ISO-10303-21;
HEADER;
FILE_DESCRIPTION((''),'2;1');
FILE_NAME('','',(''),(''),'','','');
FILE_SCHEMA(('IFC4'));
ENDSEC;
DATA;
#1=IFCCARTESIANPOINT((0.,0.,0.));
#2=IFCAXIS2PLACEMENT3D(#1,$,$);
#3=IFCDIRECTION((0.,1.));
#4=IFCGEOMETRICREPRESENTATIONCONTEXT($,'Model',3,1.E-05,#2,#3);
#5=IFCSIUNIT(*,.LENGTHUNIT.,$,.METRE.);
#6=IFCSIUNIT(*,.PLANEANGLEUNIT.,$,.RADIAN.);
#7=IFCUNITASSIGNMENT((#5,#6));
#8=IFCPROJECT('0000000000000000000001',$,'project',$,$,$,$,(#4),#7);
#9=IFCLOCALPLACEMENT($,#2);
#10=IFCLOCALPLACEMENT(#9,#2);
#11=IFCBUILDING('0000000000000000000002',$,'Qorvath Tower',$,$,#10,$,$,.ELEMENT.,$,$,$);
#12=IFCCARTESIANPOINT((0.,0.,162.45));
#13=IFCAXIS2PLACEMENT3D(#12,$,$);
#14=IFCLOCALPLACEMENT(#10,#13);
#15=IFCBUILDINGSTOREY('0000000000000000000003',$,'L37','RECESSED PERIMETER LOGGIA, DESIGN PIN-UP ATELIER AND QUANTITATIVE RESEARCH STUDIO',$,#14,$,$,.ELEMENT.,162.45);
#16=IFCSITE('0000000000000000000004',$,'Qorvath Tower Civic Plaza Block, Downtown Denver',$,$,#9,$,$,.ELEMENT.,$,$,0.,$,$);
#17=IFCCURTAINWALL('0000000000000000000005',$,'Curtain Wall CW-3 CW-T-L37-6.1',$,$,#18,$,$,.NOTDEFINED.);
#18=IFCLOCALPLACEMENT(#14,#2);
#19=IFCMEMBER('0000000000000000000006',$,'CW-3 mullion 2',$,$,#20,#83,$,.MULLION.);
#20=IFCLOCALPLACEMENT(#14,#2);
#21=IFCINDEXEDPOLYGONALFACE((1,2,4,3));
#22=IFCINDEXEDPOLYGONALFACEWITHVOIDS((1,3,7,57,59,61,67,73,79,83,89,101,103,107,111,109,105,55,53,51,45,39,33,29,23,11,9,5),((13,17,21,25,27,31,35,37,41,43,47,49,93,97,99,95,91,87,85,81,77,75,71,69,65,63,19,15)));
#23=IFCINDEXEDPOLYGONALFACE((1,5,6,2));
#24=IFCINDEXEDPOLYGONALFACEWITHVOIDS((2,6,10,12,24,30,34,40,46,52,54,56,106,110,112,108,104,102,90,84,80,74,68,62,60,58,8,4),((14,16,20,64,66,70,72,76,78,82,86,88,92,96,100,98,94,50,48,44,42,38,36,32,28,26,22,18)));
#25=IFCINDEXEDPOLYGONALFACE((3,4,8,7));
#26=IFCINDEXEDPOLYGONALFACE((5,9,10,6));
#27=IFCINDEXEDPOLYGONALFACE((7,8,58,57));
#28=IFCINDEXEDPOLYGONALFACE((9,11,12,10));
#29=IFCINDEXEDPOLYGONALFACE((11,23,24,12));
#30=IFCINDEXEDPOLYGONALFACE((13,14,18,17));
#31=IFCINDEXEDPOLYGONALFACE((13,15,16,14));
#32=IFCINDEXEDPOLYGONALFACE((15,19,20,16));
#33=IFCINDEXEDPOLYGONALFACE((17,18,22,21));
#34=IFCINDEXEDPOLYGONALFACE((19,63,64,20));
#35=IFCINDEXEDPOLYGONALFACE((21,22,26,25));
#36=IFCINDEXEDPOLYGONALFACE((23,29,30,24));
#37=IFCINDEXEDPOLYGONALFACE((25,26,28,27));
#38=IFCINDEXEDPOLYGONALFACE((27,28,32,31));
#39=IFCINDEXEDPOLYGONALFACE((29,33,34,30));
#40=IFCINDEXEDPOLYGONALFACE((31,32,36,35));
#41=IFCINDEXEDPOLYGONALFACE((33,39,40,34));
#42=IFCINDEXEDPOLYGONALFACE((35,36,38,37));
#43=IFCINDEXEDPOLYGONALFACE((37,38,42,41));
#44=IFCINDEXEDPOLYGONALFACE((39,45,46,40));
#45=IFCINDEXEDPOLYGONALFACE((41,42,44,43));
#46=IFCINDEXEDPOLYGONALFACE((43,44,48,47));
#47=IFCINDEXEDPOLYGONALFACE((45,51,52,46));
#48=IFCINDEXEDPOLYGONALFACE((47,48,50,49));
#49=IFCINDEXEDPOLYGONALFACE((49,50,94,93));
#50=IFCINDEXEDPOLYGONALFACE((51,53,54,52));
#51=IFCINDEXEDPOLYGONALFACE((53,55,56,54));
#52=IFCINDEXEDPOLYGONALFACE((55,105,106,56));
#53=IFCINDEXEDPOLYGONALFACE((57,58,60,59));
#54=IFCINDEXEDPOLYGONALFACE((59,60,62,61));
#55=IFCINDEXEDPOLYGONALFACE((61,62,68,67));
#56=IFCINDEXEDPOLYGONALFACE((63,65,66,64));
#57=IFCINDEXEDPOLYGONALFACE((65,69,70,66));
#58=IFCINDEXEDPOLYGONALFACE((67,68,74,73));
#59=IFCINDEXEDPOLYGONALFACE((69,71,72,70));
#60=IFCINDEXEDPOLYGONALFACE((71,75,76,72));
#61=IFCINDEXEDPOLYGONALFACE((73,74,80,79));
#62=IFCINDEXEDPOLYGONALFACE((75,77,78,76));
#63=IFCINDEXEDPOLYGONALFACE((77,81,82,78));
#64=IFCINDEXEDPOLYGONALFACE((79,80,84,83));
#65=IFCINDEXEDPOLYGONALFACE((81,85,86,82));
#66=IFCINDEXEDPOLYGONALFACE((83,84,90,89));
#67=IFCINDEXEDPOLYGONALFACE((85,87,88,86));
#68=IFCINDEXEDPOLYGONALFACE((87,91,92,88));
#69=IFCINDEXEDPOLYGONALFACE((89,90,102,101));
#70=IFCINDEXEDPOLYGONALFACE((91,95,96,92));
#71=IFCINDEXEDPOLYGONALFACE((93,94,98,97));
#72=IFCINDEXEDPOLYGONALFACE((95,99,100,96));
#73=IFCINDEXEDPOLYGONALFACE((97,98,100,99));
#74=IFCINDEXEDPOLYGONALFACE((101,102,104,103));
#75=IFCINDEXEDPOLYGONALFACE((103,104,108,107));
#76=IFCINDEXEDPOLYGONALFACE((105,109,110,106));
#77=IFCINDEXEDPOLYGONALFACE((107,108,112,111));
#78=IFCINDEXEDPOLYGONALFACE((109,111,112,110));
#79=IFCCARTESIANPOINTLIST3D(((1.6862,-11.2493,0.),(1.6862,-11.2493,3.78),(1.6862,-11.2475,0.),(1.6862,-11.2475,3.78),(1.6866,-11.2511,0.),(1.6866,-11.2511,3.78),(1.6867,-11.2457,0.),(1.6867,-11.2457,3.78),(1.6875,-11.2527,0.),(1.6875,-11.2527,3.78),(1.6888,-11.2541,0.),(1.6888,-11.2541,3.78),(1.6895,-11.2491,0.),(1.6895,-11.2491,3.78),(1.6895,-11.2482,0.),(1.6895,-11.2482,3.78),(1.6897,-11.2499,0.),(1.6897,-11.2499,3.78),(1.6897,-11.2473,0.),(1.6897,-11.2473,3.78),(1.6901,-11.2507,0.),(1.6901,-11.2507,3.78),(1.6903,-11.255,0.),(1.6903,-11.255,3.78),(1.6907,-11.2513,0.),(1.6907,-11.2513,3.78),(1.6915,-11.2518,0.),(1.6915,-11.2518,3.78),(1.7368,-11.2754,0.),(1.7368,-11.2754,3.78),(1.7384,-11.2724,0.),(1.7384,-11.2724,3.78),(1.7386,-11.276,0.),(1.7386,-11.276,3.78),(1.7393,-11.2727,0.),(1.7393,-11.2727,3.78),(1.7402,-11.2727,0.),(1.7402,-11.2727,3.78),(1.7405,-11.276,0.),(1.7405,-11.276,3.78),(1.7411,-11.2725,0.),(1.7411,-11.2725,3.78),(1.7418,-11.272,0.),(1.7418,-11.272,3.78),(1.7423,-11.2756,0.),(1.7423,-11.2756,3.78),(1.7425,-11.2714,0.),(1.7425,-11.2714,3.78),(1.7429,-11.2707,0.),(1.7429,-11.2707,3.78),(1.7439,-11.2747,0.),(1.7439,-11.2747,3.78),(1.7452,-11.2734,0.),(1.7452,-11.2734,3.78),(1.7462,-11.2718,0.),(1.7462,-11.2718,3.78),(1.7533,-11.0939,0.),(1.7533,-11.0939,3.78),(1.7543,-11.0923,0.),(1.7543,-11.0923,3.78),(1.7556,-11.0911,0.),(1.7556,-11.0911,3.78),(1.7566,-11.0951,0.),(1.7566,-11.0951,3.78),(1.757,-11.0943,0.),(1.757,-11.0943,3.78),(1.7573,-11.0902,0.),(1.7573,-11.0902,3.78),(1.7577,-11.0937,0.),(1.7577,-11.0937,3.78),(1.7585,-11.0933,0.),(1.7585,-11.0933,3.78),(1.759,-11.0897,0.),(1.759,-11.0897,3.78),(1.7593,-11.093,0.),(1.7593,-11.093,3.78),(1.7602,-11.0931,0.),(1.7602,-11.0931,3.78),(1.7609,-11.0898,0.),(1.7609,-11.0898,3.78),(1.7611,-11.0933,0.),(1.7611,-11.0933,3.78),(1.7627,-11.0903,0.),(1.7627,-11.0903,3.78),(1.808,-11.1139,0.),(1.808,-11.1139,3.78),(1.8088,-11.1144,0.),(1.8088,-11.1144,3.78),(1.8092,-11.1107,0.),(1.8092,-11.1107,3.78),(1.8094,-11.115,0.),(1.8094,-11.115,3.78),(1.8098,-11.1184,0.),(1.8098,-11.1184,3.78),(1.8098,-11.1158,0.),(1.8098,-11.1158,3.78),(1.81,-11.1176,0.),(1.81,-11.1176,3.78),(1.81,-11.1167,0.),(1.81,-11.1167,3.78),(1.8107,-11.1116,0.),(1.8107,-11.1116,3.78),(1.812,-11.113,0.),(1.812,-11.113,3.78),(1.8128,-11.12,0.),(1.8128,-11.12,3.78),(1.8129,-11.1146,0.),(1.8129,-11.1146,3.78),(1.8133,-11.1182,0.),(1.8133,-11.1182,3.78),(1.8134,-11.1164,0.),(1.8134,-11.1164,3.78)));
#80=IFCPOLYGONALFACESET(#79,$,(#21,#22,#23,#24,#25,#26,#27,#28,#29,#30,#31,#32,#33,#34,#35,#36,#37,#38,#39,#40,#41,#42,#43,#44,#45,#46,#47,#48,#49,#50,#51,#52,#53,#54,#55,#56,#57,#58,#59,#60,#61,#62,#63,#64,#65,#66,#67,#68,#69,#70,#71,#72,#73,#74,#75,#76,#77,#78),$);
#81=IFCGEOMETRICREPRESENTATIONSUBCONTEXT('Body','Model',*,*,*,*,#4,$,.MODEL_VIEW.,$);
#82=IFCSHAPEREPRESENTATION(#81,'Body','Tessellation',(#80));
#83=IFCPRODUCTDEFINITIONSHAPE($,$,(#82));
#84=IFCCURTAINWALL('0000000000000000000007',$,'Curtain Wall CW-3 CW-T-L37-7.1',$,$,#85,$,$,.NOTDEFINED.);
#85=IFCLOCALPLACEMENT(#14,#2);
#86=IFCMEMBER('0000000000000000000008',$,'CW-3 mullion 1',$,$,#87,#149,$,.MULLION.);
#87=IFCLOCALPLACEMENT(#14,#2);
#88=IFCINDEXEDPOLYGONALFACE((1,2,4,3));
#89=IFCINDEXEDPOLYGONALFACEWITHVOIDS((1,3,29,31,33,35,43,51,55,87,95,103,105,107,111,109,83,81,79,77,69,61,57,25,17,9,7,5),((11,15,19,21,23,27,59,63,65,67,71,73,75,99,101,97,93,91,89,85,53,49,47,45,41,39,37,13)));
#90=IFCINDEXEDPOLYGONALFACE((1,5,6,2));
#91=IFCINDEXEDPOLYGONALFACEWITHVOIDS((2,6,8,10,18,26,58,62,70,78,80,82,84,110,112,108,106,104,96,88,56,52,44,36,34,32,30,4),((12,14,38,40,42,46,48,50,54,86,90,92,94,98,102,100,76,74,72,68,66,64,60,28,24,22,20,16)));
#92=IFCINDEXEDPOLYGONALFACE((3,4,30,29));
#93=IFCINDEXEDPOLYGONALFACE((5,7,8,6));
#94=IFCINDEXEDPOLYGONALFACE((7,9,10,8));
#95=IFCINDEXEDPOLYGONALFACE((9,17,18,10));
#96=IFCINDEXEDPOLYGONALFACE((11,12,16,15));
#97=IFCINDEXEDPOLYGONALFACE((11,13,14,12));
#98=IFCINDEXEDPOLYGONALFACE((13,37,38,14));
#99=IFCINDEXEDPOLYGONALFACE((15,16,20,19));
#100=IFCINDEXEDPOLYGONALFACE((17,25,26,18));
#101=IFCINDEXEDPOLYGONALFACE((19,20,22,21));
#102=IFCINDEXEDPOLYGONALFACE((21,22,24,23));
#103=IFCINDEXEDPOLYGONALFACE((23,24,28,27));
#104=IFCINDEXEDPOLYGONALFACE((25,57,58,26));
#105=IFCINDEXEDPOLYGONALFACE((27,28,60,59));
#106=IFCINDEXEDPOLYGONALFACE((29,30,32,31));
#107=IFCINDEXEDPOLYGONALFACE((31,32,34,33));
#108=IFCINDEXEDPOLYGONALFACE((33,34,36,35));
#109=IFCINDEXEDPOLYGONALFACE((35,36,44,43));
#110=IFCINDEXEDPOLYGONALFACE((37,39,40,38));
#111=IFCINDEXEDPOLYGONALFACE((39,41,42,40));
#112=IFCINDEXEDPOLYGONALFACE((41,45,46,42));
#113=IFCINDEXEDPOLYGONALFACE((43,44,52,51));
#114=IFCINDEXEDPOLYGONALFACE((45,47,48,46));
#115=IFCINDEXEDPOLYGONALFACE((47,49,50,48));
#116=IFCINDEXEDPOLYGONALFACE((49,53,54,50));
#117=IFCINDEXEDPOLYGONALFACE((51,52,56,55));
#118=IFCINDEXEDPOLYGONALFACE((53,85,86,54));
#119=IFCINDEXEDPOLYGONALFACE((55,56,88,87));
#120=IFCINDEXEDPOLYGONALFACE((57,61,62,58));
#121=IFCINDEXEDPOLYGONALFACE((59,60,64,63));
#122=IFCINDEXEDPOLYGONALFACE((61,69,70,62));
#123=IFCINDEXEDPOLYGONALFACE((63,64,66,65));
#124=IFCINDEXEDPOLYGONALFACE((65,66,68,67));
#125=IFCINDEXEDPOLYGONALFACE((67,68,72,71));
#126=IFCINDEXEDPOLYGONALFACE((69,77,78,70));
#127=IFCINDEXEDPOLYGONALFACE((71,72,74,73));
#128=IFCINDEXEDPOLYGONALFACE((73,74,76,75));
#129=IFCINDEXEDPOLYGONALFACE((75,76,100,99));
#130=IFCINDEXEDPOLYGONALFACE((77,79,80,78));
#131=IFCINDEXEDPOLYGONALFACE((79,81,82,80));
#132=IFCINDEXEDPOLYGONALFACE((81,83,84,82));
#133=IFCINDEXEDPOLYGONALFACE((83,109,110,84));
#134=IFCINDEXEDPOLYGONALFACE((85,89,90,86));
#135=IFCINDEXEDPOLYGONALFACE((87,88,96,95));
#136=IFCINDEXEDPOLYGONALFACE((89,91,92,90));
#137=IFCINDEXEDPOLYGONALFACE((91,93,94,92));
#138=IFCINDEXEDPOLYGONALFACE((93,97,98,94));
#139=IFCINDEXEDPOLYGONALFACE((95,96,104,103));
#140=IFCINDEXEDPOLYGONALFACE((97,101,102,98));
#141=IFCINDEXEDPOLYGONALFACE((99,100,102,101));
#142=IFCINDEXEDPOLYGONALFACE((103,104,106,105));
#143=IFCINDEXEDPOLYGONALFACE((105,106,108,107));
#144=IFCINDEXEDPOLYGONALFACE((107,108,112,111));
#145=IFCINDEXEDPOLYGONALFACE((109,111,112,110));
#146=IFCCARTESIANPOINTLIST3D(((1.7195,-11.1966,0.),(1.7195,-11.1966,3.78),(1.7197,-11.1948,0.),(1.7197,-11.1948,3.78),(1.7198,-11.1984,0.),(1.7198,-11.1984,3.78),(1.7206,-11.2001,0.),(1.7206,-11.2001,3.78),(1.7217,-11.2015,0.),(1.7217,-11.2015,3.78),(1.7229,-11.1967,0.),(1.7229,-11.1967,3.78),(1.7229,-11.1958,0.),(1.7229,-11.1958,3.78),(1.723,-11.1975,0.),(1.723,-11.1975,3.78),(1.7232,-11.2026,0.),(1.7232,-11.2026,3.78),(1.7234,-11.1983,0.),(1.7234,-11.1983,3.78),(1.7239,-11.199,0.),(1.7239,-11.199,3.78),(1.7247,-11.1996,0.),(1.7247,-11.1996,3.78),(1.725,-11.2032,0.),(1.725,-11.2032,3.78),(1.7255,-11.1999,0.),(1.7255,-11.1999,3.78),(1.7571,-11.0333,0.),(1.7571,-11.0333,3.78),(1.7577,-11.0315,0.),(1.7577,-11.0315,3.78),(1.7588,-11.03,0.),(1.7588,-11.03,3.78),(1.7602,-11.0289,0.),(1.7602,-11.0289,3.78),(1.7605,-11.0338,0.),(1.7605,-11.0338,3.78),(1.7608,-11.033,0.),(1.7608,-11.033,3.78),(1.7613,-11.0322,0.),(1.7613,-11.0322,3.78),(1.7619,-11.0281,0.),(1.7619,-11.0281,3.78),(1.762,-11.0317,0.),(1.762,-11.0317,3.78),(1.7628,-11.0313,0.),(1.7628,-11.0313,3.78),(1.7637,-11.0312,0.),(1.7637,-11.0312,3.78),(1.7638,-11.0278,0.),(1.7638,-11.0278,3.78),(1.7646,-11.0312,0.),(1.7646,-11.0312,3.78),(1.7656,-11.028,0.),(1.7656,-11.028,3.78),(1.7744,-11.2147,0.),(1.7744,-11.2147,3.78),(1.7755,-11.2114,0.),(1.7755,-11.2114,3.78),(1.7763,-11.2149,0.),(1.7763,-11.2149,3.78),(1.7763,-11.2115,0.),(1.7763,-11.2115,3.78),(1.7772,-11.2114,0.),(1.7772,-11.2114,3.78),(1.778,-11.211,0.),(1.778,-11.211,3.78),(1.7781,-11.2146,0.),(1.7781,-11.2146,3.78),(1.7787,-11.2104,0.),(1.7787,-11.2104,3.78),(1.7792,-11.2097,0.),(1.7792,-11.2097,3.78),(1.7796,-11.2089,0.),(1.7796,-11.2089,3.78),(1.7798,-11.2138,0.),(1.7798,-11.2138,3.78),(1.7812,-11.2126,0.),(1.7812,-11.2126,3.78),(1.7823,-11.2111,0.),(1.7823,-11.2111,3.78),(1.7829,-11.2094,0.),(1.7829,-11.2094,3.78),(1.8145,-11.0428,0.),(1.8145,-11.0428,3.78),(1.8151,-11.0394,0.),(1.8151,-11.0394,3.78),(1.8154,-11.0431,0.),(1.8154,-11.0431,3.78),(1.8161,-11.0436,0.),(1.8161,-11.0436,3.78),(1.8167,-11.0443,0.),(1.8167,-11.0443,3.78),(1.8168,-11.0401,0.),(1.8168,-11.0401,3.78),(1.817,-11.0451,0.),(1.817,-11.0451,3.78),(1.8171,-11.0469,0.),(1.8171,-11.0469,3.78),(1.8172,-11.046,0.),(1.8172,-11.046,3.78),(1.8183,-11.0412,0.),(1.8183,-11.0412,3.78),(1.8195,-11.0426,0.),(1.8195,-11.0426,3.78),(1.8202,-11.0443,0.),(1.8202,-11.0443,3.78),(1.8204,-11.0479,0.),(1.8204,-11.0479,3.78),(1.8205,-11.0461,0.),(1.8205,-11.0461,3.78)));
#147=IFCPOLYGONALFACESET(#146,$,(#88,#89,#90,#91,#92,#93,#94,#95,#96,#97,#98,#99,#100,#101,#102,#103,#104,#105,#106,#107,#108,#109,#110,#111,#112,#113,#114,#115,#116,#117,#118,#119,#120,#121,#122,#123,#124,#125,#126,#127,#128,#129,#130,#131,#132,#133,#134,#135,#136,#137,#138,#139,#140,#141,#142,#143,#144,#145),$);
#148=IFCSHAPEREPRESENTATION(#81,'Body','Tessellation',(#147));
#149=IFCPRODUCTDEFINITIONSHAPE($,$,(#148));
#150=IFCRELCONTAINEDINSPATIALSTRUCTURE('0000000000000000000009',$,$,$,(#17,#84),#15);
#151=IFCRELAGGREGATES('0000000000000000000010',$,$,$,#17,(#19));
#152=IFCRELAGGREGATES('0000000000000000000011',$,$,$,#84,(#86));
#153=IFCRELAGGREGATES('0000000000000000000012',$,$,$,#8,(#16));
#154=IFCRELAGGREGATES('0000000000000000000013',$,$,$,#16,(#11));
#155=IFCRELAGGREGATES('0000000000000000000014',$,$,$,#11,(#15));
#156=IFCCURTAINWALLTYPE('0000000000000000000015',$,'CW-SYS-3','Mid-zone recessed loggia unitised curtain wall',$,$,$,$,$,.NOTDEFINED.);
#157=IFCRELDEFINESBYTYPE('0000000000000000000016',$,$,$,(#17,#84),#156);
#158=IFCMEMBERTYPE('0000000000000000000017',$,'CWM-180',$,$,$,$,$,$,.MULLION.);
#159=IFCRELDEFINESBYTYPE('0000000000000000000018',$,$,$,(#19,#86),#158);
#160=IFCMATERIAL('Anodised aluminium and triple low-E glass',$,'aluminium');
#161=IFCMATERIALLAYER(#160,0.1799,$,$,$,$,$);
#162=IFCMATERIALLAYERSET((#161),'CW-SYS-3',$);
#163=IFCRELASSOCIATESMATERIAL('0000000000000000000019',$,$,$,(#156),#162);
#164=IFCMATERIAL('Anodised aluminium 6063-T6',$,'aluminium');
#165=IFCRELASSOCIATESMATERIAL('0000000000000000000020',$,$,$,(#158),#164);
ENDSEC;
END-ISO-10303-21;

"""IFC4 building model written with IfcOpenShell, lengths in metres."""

from ifc_helpers import new_model, si_unit, direction, frame, origin, origin_2d, place, context, subcontext, project, spatial, hollow_rectangle, extrude, material, layer, layer_set, material_profile, profile_set, type_object, element, aggregate, save


model = new_model("IFC4")

# Units and contexts
model_context = context("Model", 3, precision=1e-05, world=origin(), true_north=direction((0.0, 1.0)))
body_context = subcontext(model_context, "Body", "Model", "MODEL_VIEW")
ifc_project = project(units=[si_unit("LENGTHUNIT", "METRE"), si_unit("PLANEANGLEUNIT", "RADIAN")], contexts=[model_context])

# Site, building, storey
site_placement = place(None, origin())
site = spatial("IfcSite", under=ifc_project, at=site_placement, Name="Qorvath Tower Civic Plaza Block, Downtown Denver", CompositionType="ELEMENT", RefElevation=0.0)
building_placement = place(site_placement, origin())
building = spatial("IfcBuilding", under=site, at=building_placement, Name="Qorvath Tower", CompositionType="ELEMENT")
storey_placement = place(building_placement, frame((0.0, 0.0, 162.45)))
storey = spatial("IfcBuildingStorey", under=building, at=storey_placement, Name="L37", Description="RECESSED PERIMETER LOGGIA, DESIGN PIN-UP ATELIER AND QUANTITATIVE RESEARCH STUDIO", CompositionType="ELEMENT", Elevation=162.45)

# Shared definitions
ifc_material_1 = material(Name="Anodised aluminium and triple low-E glass", Category="aluminium")
ifc_layer_1 = layer(ifc_material_1, 0.1799)
ifc_layer_set_1 = layer_set([ifc_layer_1], Name="CW-SYS-3")
curtain_wall_type = type_object("IfcCurtainWallType", Name="CW-SYS-3", Description="Mid-zone recessed loggia unitised curtain wall", PredefinedType="NOTDEFINED", material=ifc_layer_set_1)
ifc_material_2 = material(Name="Anodised aluminium 6063-T6", Category="aluminium")
ifc_material_profile_1 = material_profile(ifc_material_2, hollow_rectangle(XDim=0.0649, YDim=0.1799, WallThickness=0.0034, InnerFilletRadius=0.0034, OuterFilletRadius=0.0071, at=origin_2d()), Name="CWM 180x65")
ifc_profile_set_1 = profile_set([ifc_material_profile_1], Name="Anodised aluminium 6063-T6")
member_type_1 = type_object("IfcMemberType", Name="CWM-180", PredefinedType="MULLION", material=ifc_profile_set_1)

# Curtain walls, members
curtain_wall_1_placement = place(storey_placement, origin())
curtain_wall_1 = element("IfcCurtainWall", 1, at=curtain_wall_1_placement, inside=storey, type_object=curtain_wall_type, Name="Curtain Wall CW-3 CW-T-L37-6.1", PredefinedType="NOTDEFINED")
member_1_placement = place(storey_placement, frame((1.7498, -11.1829, 0.0), z_axis=(0.0, 0.0, 1.0), x_axis=(-0.915663, 0.401947, 0.0)))
member_1 = element("IfcMember", 2, at=member_1_placement, type_object=member_type_1, Name="CW-3 mullion 2", PredefinedType="MULLION", context=body_context, shape_type="SweptSolid", body=[
    extrude(hollow_rectangle(XDim=0.0649, YDim=0.1799, WallThickness=0.0034, InnerFilletRadius=0.0034, OuterFilletRadius=0.0071, at=origin_2d()), origin(), (0.0, 0.0, 1.0), 3.78),
])
curtain_wall_2_placement = place(storey_placement, origin())
curtain_wall_2 = element("IfcCurtainWall", 3, at=curtain_wall_2_placement, inside=storey, type_object=curtain_wall_type, Name="Curtain Wall CW-3 CW-T-L37-7.1", PredefinedType="NOTDEFINED")
member_2_placement = place(storey_placement, frame((1.77, -11.1213, 0.0), z_axis=(0.0, 0.0, 1.0), x_axis=(-0.974183, 0.225759, 0.0)))
member_2 = element("IfcMember", 4, at=member_2_placement, type_object=member_type_1, Name="CW-3 mullion 1", PredefinedType="MULLION", context=body_context, shape_type="SweptSolid", body=[
    extrude(hollow_rectangle(XDim=0.0649, YDim=0.1799, WallThickness=0.0034, InnerFilletRadius=0.0034, OuterFilletRadius=0.0071, at=origin_2d()), origin(), (0.0, 0.0, 1.0), 3.78),
])

aggregate(curtain_wall_1, [member_1])
aggregate(curtain_wall_2, [member_2])

save(model, "model.ifc")
